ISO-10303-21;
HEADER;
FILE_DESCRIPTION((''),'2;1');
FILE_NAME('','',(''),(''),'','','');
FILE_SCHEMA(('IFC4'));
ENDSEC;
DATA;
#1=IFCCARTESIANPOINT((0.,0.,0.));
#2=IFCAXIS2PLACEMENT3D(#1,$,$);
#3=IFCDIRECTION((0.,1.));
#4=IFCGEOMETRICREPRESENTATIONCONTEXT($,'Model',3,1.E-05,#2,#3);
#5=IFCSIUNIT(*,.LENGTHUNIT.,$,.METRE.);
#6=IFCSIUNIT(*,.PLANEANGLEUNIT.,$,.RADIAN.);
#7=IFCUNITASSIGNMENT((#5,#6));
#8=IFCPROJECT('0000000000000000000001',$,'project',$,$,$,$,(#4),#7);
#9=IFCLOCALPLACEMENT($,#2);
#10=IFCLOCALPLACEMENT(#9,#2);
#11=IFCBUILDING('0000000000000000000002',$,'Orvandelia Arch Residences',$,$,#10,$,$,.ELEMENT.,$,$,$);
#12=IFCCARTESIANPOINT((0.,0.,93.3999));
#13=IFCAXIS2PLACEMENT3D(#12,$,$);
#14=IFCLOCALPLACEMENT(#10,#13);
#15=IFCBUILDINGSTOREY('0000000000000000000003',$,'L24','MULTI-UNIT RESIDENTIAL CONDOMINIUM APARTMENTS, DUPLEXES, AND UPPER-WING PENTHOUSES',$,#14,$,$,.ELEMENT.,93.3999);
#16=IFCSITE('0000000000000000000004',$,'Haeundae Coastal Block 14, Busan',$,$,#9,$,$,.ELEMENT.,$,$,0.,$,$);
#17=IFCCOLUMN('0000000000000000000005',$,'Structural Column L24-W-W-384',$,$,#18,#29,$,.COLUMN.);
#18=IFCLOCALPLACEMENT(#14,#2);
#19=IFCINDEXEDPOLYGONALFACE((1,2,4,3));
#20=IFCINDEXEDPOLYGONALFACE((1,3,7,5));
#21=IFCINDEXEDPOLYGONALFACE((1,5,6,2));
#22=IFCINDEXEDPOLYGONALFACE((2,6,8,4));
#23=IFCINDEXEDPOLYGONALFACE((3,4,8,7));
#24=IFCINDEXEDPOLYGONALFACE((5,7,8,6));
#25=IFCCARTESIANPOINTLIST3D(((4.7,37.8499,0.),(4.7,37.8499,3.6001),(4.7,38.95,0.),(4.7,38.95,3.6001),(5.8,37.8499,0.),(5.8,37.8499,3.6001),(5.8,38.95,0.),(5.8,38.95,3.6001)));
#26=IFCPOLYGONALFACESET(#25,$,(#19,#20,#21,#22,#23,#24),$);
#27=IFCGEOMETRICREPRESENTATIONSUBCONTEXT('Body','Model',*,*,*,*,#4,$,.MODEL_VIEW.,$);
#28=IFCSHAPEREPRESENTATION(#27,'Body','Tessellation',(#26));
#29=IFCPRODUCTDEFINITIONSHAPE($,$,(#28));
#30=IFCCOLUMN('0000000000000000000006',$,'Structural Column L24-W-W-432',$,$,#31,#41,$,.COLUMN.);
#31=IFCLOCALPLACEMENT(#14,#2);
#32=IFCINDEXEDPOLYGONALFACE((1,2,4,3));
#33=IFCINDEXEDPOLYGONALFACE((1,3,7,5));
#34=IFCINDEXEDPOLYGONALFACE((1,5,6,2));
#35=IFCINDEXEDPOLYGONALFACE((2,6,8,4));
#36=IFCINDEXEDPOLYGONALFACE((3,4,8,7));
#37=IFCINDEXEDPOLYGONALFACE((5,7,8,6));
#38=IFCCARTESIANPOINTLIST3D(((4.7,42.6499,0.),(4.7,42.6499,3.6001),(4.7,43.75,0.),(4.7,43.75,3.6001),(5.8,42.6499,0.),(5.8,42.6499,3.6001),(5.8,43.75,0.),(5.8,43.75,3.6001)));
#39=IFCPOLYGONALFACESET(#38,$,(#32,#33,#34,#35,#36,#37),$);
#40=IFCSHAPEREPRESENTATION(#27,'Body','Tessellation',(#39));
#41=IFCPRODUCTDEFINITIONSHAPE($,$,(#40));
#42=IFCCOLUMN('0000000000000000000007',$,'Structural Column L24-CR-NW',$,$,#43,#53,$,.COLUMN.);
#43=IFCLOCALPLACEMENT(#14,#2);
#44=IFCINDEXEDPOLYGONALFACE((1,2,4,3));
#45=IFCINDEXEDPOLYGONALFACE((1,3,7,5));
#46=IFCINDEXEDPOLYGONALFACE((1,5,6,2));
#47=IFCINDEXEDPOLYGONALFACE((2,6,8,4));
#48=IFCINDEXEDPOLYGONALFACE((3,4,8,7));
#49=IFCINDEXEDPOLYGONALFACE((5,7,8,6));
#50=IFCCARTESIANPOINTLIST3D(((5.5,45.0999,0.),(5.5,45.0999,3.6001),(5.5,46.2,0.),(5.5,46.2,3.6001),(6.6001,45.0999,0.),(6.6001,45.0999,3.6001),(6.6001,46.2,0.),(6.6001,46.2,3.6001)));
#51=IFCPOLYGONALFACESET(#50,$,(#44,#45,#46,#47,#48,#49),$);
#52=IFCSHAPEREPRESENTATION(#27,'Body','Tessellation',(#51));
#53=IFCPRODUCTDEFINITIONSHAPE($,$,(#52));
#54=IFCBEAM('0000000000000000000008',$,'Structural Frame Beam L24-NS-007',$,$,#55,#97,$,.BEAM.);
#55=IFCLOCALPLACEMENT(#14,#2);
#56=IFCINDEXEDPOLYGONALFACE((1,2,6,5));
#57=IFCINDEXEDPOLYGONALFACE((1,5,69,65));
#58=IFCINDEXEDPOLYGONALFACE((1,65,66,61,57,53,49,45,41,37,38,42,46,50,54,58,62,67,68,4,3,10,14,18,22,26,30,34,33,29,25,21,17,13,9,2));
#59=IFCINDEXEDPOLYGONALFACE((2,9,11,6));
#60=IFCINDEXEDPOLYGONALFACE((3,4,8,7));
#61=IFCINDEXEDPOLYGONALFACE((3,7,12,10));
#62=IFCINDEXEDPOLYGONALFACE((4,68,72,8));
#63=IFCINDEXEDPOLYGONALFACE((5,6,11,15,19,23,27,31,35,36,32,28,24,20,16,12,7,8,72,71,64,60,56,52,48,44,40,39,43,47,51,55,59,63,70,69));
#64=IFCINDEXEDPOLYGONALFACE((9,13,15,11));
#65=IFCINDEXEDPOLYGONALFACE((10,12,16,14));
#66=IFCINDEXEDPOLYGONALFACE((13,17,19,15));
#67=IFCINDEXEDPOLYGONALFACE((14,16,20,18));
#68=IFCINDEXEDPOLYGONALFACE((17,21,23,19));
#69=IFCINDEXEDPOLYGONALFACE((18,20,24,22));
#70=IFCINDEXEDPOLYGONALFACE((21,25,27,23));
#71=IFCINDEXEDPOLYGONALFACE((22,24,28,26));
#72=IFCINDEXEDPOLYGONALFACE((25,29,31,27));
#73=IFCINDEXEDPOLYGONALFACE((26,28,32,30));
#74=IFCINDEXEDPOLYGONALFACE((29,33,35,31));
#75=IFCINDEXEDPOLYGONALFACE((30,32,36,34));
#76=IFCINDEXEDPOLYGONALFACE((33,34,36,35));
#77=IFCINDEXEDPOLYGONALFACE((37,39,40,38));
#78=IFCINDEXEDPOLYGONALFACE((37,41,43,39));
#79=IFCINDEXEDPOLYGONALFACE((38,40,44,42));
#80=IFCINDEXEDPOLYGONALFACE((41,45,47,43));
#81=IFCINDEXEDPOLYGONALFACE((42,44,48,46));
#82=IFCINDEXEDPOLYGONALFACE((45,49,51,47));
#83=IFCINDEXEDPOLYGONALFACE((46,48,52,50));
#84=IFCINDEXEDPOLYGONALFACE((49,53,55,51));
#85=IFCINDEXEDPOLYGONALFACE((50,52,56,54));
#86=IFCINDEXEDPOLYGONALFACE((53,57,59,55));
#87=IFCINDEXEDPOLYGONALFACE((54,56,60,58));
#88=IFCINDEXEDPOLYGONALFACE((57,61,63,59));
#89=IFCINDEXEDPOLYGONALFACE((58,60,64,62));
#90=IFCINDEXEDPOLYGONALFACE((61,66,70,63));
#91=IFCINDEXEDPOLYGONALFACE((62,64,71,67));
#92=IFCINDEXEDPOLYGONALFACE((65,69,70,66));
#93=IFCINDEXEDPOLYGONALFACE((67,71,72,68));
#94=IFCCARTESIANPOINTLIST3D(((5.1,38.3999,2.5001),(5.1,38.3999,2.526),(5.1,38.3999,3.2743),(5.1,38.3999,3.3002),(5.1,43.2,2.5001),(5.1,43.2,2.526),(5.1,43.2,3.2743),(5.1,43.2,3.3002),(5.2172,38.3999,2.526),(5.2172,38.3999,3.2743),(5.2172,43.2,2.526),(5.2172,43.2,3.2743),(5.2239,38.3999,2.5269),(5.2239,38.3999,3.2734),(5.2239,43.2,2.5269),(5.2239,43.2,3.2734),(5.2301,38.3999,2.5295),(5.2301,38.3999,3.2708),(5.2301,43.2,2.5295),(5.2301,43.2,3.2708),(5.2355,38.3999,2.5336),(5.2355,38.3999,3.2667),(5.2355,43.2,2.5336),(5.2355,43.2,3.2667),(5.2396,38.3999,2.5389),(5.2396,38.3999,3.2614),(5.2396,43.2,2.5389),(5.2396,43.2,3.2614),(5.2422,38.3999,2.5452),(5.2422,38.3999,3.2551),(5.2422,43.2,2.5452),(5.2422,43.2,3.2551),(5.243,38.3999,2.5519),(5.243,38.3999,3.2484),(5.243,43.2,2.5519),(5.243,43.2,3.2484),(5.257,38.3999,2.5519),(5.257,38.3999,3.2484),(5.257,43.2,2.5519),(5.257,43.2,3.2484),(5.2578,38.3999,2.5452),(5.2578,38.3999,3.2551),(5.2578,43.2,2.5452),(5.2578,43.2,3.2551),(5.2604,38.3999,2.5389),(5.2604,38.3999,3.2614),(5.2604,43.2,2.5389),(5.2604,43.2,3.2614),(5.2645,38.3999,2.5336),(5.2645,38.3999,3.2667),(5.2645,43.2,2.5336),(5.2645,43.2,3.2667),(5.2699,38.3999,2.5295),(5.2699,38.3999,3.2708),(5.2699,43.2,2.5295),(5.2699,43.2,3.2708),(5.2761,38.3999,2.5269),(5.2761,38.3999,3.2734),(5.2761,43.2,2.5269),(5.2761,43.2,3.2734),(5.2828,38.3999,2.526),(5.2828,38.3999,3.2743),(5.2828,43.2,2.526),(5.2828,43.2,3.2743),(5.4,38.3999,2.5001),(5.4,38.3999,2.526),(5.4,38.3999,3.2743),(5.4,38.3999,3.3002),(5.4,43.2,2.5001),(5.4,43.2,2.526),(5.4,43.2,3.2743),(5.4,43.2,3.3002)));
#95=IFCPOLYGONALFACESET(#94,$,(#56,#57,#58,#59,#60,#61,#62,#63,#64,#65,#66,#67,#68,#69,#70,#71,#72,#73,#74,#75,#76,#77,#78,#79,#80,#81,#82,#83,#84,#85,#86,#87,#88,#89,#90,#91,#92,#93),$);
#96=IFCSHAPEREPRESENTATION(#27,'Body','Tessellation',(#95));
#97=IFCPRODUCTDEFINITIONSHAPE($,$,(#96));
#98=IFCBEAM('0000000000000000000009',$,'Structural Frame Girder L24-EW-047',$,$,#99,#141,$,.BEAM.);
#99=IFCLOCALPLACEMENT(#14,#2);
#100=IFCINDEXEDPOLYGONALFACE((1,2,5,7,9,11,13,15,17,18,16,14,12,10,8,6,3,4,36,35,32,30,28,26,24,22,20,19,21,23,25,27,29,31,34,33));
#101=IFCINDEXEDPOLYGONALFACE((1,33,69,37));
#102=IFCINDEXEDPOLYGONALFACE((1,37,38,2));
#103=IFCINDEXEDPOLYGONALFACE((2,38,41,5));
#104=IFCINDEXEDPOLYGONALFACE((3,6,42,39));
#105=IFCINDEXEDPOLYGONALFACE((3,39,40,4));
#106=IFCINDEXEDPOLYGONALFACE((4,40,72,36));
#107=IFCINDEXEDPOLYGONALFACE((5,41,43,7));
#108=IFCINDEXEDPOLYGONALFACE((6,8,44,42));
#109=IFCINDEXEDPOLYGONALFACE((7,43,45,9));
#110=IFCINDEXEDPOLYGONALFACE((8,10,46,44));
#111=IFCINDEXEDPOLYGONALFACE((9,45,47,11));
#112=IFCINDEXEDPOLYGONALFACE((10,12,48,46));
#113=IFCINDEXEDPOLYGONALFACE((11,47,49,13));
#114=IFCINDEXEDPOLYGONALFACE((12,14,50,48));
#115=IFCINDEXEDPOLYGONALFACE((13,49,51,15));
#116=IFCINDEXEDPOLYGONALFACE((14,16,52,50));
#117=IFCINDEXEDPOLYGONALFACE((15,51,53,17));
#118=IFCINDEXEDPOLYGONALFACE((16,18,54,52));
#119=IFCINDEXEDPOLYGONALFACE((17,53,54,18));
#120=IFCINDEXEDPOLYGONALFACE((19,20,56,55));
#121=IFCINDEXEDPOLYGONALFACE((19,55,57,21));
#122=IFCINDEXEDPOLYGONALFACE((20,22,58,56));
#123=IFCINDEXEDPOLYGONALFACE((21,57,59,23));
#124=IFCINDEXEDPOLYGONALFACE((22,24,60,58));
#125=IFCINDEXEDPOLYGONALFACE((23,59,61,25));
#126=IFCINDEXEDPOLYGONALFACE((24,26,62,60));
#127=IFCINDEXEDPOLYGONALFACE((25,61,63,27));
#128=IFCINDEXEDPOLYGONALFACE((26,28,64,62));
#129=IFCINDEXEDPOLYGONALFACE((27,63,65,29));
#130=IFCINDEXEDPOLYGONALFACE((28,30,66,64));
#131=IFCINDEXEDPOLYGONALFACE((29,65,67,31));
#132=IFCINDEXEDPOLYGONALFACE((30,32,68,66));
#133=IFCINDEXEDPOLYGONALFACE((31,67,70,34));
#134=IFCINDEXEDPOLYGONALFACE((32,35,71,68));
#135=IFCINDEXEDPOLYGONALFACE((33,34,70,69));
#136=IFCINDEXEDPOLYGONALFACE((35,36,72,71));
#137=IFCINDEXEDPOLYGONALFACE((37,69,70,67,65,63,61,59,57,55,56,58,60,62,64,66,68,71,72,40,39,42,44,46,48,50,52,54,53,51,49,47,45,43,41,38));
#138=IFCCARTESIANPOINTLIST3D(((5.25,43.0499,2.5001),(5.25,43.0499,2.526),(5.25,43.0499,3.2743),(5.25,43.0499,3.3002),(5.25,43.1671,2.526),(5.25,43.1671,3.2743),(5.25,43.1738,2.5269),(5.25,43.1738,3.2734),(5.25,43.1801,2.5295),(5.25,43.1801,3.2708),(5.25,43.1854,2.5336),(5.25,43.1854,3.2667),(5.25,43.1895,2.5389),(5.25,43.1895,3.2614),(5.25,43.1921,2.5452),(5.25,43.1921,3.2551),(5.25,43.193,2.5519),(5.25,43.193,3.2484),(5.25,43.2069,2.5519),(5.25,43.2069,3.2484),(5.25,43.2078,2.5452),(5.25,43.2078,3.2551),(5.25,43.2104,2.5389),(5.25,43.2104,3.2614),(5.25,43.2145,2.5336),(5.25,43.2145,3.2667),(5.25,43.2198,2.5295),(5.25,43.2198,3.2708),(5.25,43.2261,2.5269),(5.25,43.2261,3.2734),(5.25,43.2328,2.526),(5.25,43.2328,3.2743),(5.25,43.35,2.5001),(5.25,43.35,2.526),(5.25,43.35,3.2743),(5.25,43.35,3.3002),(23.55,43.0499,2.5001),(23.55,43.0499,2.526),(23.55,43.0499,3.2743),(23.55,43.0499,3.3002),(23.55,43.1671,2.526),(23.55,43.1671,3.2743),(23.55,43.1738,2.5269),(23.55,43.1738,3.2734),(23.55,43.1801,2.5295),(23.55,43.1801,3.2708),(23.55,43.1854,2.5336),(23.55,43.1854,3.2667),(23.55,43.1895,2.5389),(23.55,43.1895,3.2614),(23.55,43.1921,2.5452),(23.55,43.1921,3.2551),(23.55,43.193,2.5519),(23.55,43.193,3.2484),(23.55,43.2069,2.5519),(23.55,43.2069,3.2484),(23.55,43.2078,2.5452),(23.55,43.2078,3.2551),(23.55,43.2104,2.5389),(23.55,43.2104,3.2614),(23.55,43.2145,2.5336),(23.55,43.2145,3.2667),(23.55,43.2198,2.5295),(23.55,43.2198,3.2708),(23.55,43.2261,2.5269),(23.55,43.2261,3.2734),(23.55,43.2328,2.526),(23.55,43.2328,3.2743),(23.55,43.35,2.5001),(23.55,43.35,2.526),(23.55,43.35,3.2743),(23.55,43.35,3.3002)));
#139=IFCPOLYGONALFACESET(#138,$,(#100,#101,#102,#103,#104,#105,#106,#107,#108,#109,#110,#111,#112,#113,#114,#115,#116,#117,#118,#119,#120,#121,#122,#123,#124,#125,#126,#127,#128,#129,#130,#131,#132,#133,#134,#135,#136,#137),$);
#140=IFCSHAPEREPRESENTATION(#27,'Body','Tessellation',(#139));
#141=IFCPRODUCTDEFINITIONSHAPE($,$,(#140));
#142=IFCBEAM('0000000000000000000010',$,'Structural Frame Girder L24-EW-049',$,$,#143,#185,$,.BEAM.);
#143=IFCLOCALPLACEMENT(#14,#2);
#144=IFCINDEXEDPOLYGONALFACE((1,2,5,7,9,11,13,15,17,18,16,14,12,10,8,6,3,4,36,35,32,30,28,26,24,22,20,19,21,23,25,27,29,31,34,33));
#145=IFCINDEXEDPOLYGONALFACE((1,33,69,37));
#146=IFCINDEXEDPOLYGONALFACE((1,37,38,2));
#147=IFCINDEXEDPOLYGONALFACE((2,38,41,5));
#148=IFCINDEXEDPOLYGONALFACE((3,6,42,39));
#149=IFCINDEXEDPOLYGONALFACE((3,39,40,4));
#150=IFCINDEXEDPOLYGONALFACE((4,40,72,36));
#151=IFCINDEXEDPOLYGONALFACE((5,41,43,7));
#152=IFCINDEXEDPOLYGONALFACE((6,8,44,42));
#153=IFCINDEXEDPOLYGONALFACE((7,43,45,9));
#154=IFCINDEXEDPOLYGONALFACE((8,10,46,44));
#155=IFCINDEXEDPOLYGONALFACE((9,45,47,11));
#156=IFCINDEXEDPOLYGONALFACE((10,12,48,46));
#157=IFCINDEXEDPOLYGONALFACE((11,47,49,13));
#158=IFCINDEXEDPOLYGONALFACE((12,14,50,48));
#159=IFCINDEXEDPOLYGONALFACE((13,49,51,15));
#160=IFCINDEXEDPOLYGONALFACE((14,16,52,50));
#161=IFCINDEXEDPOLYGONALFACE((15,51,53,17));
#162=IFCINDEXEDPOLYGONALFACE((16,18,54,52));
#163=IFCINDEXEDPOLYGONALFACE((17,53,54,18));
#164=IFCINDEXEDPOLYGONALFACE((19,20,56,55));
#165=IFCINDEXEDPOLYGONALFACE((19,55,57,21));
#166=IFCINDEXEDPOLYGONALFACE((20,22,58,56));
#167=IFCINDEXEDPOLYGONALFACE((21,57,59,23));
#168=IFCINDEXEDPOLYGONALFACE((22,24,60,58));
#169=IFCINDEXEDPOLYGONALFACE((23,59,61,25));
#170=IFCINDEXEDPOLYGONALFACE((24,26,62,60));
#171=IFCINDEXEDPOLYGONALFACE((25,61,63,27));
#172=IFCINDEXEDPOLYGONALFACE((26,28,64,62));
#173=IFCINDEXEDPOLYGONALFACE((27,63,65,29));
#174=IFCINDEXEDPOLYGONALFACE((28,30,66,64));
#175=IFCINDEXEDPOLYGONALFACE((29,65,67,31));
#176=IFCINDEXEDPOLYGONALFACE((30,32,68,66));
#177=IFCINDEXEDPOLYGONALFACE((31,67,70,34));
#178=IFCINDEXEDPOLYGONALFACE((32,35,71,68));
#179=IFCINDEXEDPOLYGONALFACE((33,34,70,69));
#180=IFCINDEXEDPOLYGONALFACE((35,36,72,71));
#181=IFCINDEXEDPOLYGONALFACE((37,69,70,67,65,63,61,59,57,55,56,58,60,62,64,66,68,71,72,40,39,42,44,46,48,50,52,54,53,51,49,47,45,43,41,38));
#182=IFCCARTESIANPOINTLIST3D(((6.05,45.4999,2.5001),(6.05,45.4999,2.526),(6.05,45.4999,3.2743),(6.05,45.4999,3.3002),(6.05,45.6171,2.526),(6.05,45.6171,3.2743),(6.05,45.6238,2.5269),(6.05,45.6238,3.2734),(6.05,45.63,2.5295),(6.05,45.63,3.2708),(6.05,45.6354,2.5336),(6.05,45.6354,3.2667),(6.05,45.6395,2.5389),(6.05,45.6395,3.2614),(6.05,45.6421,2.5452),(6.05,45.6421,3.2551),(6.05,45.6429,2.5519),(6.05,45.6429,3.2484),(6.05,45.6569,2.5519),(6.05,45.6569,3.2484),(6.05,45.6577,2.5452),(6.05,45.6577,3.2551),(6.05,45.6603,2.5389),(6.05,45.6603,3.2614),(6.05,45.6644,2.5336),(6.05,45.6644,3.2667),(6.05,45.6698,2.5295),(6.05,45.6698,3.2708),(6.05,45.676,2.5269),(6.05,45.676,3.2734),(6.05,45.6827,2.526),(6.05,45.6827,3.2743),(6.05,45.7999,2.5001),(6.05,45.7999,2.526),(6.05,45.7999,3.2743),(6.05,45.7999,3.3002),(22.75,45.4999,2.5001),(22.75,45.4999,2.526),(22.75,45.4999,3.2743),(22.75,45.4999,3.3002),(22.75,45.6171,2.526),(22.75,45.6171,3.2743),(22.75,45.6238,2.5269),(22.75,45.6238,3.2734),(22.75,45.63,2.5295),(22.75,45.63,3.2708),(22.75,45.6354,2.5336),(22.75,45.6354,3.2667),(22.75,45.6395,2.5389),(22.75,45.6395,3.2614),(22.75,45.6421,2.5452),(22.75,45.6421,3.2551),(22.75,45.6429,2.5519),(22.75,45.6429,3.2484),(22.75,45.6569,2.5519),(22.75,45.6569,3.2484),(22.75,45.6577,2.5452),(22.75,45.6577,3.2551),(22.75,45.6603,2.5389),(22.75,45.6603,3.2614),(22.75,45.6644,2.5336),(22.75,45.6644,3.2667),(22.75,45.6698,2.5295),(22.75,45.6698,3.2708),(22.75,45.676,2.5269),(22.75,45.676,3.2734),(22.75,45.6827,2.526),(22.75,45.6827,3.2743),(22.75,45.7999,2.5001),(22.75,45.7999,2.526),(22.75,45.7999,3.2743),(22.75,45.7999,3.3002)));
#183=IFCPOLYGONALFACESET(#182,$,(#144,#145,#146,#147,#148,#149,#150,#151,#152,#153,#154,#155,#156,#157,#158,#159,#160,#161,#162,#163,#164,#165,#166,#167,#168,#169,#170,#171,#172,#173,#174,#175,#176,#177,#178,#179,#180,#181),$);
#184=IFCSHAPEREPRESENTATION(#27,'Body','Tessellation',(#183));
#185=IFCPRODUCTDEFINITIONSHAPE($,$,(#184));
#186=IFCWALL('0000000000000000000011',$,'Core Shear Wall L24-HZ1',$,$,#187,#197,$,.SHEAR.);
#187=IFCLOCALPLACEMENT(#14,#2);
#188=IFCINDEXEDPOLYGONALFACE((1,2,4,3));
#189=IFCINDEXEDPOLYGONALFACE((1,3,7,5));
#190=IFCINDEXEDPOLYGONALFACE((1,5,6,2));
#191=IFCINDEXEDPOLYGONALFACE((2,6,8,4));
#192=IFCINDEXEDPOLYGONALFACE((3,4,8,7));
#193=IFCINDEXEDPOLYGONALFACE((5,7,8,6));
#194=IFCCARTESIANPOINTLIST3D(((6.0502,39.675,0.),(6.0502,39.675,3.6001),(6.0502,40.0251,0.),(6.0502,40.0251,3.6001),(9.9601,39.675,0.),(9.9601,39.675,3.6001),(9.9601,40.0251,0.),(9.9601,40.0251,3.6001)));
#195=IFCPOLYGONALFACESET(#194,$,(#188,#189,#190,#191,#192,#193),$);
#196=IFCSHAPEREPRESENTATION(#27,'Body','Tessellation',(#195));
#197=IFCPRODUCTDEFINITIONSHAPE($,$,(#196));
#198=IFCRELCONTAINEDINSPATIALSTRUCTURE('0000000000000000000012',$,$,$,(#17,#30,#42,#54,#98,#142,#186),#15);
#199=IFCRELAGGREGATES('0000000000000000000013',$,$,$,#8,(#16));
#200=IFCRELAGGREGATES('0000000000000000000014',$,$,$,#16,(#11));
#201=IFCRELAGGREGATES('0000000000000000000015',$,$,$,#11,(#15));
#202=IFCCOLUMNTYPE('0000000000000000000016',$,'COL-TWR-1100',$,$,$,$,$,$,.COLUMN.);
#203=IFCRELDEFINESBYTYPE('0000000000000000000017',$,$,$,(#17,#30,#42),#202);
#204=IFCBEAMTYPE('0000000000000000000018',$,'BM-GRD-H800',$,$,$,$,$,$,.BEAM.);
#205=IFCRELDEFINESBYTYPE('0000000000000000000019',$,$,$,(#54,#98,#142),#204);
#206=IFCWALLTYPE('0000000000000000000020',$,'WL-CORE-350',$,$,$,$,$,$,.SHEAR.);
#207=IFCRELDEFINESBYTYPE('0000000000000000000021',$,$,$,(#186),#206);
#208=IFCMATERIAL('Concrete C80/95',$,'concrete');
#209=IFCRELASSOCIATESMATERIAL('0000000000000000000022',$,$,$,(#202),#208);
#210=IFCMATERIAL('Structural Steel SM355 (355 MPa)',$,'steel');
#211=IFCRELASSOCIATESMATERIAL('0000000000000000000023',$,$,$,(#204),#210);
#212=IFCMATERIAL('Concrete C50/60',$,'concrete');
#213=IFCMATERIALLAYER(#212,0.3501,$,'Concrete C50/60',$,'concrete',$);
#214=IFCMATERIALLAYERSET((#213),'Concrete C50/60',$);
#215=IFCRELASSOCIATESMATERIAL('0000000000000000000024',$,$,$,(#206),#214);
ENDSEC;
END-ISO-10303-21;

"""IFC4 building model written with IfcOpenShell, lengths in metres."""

from ifc_helpers import new_model, si_unit, direction, frame, frame_2d, origin, origin_2d, place, context, subcontext, project, spatial, rectangle, i_section, extrude, material, layer, layer_set, material_profile, profile_set, type_object, element, save


model = new_model("IFC4")

# Units and contexts
model_context = context("Model", 3, precision=1e-05, world=origin(), true_north=direction((0.0, 1.0)))
body_context = subcontext(model_context, "Body", "Model", "MODEL_VIEW")
ifc_project = project(units=[si_unit("LENGTHUNIT", "METRE"), si_unit("PLANEANGLEUNIT", "RADIAN")], contexts=[model_context])

# Site, building, storey
site_placement = place(None, origin())
site = spatial("IfcSite", under=ifc_project, at=site_placement, Name="Haeundae Coastal Block 14, Busan", CompositionType="ELEMENT", RefElevation=0.0)
building_placement = place(site_placement, origin())
building = spatial("IfcBuilding", under=site, at=building_placement, Name="Orvandelia Arch Residences", CompositionType="ELEMENT")
storey_placement = place(building_placement, frame((0.0, 0.0, 93.3999)))
storey = spatial("IfcBuildingStorey", under=building, at=storey_placement, Name="L24", Description="MULTI-UNIT RESIDENTIAL CONDOMINIUM APARTMENTS, DUPLEXES, AND UPPER-WING PENTHOUSES", CompositionType="ELEMENT", Elevation=93.3999)

# Columns
ifc_material_1 = material(Name="Concrete C80/95", Category="concrete")
ifc_material_profile_1 = material_profile(ifc_material_1, rectangle(XDim=1.1001, YDim=1.1001, at=origin_2d()), Name="Concrete C80/95", Category="concrete")
ifc_profile_set_1 = profile_set([ifc_material_profile_1], Name="Concrete C80/95")
column_type = type_object("IfcColumnType", Name="COL-TWR-1100", PredefinedType="COLUMN", material=ifc_profile_set_1)
for number, where, z_axis, x_axis, name in (
    (1, (5.25, 38.3999, 0.0), (0.0, 0.0, 1.0), (1.0, 0.0, 0.0), "Structural Column L24-W-W-384"),
    (2, (5.25, 43.2, 0.0), (0.0, 0.0, 1.0), (1.0, 0.0, 0.0), "Structural Column L24-W-W-432"),
    (3, (6.05, 45.6499, 0.0), (0.0, 0.0, 1.0), (1.0, 0.0, 0.0), "Structural Column L24-CR-NW"),
):
    element("IfcColumn", number, at=place(storey_placement, frame(where, z_axis=z_axis, x_axis=x_axis)), inside=storey, type_object=column_type, Name=name, PredefinedType="COLUMN", context=body_context, shape_type="SweptSolid", body=[
        extrude(rectangle(XDim=1.1001, YDim=1.1001, at=origin_2d()), origin(), (0.0, 0.0, 1.0), 3.6001),
    ])

# Beams
ifc_material_2 = material(Name="Structural Steel SM355 (355 MPa)", Category="steel")
ifc_material_profile_2 = material_profile(ifc_material_2, i_section(OverallWidth=0.3, OverallDepth=0.8, WebThickness=0.0139, FlangeThickness=0.0259, FilletRadius=0.0259, at=origin_2d()), Name="Structural Steel SM355 (355 MPa)", Category="steel")
ifc_profile_set_2 = profile_set([ifc_material_profile_2], Name="Structural Steel SM355 (355 MPa)")
beam_type = type_object("IfcBeamType", Name="BM-GRD-H800", PredefinedType="BEAM", material=ifc_profile_set_2)
beam_1_placement = place(storey_placement, frame((5.25, 38.3999, 2.9001), z_axis=(0.0, 1.0, 0.0), x_axis=(-1.0, 0.0, 0.0)))
element("IfcBeam", 4, at=beam_1_placement, inside=storey, type_object=beam_type, Name="Structural Frame Beam L24-NS-007", PredefinedType="BEAM", context=body_context, shape_type="SweptSolid", body=[
    extrude(i_section(OverallWidth=0.3, OverallDepth=0.8, WebThickness=0.0139, FlangeThickness=0.0259, FilletRadius=0.0259, at=origin_2d()), origin(), (0.0, 0.0, 1.0), 4.8),
])
beam_2_placement = place(storey_placement, frame((5.25, 43.2, 2.9001), z_axis=(1.0, 0.0, 0.0), x_axis=(0.0, 1.0, 0.0)))
element("IfcBeam", 5, at=beam_2_placement, inside=storey, type_object=beam_type, Name="Structural Frame Girder L24-EW-047", PredefinedType="BEAM", context=body_context, shape_type="SweptSolid", body=[
    extrude(i_section(OverallWidth=0.3, OverallDepth=0.8, WebThickness=0.0139, FlangeThickness=0.0259, FilletRadius=0.0259, at=origin_2d()), origin(), (0.0, 0.0, 1.0), 18.3),
])
beam_3_placement = place(storey_placement, frame((6.05, 45.6499, 2.9001), z_axis=(1.0, 0.0, 0.0), x_axis=(0.0, 1.0, 0.0)))
element("IfcBeam", 6, at=beam_3_placement, inside=storey, type_object=beam_type, Name="Structural Frame Girder L24-EW-049", PredefinedType="BEAM", context=body_context, shape_type="SweptSolid", body=[
    extrude(i_section(OverallWidth=0.3, OverallDepth=0.8, WebThickness=0.0139, FlangeThickness=0.0259, FilletRadius=0.0259, at=origin_2d()), origin(), (0.0, 0.0, 1.0), 16.7),
])

# Wall
ifc_material_3 = material(Name="Concrete C50/60", Category="concrete")
ifc_layer_1 = layer(ifc_material_3, 0.3501, Name="Concrete C50/60", Category="concrete")
ifc_layer_set_1 = layer_set([ifc_layer_1], Name="Concrete C50/60")
wall_type_1 = type_object("IfcWallType", Name="WL-CORE-350", PredefinedType="SHEAR", material=ifc_layer_set_1)
wall_1_placement = place(storey_placement, frame((6.05, 39.8501, 0.0), z_axis=(0.0, 0.0, 1.0), x_axis=(1.0, 0.0, 0.0)))
element("IfcWall", 7, at=wall_1_placement, inside=storey, type_object=wall_type_1, Name="Core Shear Wall L24-HZ1", PredefinedType="SHEAR", context=body_context, shape_type="SweptSolid", body=[
    extrude(rectangle(XDim=3.9099, YDim=0.3501, at=frame_2d((1.9551, 0.0))), origin(), (0.0, 0.0, 1.0), 3.6001),
])

save(model, "model.ifc")
